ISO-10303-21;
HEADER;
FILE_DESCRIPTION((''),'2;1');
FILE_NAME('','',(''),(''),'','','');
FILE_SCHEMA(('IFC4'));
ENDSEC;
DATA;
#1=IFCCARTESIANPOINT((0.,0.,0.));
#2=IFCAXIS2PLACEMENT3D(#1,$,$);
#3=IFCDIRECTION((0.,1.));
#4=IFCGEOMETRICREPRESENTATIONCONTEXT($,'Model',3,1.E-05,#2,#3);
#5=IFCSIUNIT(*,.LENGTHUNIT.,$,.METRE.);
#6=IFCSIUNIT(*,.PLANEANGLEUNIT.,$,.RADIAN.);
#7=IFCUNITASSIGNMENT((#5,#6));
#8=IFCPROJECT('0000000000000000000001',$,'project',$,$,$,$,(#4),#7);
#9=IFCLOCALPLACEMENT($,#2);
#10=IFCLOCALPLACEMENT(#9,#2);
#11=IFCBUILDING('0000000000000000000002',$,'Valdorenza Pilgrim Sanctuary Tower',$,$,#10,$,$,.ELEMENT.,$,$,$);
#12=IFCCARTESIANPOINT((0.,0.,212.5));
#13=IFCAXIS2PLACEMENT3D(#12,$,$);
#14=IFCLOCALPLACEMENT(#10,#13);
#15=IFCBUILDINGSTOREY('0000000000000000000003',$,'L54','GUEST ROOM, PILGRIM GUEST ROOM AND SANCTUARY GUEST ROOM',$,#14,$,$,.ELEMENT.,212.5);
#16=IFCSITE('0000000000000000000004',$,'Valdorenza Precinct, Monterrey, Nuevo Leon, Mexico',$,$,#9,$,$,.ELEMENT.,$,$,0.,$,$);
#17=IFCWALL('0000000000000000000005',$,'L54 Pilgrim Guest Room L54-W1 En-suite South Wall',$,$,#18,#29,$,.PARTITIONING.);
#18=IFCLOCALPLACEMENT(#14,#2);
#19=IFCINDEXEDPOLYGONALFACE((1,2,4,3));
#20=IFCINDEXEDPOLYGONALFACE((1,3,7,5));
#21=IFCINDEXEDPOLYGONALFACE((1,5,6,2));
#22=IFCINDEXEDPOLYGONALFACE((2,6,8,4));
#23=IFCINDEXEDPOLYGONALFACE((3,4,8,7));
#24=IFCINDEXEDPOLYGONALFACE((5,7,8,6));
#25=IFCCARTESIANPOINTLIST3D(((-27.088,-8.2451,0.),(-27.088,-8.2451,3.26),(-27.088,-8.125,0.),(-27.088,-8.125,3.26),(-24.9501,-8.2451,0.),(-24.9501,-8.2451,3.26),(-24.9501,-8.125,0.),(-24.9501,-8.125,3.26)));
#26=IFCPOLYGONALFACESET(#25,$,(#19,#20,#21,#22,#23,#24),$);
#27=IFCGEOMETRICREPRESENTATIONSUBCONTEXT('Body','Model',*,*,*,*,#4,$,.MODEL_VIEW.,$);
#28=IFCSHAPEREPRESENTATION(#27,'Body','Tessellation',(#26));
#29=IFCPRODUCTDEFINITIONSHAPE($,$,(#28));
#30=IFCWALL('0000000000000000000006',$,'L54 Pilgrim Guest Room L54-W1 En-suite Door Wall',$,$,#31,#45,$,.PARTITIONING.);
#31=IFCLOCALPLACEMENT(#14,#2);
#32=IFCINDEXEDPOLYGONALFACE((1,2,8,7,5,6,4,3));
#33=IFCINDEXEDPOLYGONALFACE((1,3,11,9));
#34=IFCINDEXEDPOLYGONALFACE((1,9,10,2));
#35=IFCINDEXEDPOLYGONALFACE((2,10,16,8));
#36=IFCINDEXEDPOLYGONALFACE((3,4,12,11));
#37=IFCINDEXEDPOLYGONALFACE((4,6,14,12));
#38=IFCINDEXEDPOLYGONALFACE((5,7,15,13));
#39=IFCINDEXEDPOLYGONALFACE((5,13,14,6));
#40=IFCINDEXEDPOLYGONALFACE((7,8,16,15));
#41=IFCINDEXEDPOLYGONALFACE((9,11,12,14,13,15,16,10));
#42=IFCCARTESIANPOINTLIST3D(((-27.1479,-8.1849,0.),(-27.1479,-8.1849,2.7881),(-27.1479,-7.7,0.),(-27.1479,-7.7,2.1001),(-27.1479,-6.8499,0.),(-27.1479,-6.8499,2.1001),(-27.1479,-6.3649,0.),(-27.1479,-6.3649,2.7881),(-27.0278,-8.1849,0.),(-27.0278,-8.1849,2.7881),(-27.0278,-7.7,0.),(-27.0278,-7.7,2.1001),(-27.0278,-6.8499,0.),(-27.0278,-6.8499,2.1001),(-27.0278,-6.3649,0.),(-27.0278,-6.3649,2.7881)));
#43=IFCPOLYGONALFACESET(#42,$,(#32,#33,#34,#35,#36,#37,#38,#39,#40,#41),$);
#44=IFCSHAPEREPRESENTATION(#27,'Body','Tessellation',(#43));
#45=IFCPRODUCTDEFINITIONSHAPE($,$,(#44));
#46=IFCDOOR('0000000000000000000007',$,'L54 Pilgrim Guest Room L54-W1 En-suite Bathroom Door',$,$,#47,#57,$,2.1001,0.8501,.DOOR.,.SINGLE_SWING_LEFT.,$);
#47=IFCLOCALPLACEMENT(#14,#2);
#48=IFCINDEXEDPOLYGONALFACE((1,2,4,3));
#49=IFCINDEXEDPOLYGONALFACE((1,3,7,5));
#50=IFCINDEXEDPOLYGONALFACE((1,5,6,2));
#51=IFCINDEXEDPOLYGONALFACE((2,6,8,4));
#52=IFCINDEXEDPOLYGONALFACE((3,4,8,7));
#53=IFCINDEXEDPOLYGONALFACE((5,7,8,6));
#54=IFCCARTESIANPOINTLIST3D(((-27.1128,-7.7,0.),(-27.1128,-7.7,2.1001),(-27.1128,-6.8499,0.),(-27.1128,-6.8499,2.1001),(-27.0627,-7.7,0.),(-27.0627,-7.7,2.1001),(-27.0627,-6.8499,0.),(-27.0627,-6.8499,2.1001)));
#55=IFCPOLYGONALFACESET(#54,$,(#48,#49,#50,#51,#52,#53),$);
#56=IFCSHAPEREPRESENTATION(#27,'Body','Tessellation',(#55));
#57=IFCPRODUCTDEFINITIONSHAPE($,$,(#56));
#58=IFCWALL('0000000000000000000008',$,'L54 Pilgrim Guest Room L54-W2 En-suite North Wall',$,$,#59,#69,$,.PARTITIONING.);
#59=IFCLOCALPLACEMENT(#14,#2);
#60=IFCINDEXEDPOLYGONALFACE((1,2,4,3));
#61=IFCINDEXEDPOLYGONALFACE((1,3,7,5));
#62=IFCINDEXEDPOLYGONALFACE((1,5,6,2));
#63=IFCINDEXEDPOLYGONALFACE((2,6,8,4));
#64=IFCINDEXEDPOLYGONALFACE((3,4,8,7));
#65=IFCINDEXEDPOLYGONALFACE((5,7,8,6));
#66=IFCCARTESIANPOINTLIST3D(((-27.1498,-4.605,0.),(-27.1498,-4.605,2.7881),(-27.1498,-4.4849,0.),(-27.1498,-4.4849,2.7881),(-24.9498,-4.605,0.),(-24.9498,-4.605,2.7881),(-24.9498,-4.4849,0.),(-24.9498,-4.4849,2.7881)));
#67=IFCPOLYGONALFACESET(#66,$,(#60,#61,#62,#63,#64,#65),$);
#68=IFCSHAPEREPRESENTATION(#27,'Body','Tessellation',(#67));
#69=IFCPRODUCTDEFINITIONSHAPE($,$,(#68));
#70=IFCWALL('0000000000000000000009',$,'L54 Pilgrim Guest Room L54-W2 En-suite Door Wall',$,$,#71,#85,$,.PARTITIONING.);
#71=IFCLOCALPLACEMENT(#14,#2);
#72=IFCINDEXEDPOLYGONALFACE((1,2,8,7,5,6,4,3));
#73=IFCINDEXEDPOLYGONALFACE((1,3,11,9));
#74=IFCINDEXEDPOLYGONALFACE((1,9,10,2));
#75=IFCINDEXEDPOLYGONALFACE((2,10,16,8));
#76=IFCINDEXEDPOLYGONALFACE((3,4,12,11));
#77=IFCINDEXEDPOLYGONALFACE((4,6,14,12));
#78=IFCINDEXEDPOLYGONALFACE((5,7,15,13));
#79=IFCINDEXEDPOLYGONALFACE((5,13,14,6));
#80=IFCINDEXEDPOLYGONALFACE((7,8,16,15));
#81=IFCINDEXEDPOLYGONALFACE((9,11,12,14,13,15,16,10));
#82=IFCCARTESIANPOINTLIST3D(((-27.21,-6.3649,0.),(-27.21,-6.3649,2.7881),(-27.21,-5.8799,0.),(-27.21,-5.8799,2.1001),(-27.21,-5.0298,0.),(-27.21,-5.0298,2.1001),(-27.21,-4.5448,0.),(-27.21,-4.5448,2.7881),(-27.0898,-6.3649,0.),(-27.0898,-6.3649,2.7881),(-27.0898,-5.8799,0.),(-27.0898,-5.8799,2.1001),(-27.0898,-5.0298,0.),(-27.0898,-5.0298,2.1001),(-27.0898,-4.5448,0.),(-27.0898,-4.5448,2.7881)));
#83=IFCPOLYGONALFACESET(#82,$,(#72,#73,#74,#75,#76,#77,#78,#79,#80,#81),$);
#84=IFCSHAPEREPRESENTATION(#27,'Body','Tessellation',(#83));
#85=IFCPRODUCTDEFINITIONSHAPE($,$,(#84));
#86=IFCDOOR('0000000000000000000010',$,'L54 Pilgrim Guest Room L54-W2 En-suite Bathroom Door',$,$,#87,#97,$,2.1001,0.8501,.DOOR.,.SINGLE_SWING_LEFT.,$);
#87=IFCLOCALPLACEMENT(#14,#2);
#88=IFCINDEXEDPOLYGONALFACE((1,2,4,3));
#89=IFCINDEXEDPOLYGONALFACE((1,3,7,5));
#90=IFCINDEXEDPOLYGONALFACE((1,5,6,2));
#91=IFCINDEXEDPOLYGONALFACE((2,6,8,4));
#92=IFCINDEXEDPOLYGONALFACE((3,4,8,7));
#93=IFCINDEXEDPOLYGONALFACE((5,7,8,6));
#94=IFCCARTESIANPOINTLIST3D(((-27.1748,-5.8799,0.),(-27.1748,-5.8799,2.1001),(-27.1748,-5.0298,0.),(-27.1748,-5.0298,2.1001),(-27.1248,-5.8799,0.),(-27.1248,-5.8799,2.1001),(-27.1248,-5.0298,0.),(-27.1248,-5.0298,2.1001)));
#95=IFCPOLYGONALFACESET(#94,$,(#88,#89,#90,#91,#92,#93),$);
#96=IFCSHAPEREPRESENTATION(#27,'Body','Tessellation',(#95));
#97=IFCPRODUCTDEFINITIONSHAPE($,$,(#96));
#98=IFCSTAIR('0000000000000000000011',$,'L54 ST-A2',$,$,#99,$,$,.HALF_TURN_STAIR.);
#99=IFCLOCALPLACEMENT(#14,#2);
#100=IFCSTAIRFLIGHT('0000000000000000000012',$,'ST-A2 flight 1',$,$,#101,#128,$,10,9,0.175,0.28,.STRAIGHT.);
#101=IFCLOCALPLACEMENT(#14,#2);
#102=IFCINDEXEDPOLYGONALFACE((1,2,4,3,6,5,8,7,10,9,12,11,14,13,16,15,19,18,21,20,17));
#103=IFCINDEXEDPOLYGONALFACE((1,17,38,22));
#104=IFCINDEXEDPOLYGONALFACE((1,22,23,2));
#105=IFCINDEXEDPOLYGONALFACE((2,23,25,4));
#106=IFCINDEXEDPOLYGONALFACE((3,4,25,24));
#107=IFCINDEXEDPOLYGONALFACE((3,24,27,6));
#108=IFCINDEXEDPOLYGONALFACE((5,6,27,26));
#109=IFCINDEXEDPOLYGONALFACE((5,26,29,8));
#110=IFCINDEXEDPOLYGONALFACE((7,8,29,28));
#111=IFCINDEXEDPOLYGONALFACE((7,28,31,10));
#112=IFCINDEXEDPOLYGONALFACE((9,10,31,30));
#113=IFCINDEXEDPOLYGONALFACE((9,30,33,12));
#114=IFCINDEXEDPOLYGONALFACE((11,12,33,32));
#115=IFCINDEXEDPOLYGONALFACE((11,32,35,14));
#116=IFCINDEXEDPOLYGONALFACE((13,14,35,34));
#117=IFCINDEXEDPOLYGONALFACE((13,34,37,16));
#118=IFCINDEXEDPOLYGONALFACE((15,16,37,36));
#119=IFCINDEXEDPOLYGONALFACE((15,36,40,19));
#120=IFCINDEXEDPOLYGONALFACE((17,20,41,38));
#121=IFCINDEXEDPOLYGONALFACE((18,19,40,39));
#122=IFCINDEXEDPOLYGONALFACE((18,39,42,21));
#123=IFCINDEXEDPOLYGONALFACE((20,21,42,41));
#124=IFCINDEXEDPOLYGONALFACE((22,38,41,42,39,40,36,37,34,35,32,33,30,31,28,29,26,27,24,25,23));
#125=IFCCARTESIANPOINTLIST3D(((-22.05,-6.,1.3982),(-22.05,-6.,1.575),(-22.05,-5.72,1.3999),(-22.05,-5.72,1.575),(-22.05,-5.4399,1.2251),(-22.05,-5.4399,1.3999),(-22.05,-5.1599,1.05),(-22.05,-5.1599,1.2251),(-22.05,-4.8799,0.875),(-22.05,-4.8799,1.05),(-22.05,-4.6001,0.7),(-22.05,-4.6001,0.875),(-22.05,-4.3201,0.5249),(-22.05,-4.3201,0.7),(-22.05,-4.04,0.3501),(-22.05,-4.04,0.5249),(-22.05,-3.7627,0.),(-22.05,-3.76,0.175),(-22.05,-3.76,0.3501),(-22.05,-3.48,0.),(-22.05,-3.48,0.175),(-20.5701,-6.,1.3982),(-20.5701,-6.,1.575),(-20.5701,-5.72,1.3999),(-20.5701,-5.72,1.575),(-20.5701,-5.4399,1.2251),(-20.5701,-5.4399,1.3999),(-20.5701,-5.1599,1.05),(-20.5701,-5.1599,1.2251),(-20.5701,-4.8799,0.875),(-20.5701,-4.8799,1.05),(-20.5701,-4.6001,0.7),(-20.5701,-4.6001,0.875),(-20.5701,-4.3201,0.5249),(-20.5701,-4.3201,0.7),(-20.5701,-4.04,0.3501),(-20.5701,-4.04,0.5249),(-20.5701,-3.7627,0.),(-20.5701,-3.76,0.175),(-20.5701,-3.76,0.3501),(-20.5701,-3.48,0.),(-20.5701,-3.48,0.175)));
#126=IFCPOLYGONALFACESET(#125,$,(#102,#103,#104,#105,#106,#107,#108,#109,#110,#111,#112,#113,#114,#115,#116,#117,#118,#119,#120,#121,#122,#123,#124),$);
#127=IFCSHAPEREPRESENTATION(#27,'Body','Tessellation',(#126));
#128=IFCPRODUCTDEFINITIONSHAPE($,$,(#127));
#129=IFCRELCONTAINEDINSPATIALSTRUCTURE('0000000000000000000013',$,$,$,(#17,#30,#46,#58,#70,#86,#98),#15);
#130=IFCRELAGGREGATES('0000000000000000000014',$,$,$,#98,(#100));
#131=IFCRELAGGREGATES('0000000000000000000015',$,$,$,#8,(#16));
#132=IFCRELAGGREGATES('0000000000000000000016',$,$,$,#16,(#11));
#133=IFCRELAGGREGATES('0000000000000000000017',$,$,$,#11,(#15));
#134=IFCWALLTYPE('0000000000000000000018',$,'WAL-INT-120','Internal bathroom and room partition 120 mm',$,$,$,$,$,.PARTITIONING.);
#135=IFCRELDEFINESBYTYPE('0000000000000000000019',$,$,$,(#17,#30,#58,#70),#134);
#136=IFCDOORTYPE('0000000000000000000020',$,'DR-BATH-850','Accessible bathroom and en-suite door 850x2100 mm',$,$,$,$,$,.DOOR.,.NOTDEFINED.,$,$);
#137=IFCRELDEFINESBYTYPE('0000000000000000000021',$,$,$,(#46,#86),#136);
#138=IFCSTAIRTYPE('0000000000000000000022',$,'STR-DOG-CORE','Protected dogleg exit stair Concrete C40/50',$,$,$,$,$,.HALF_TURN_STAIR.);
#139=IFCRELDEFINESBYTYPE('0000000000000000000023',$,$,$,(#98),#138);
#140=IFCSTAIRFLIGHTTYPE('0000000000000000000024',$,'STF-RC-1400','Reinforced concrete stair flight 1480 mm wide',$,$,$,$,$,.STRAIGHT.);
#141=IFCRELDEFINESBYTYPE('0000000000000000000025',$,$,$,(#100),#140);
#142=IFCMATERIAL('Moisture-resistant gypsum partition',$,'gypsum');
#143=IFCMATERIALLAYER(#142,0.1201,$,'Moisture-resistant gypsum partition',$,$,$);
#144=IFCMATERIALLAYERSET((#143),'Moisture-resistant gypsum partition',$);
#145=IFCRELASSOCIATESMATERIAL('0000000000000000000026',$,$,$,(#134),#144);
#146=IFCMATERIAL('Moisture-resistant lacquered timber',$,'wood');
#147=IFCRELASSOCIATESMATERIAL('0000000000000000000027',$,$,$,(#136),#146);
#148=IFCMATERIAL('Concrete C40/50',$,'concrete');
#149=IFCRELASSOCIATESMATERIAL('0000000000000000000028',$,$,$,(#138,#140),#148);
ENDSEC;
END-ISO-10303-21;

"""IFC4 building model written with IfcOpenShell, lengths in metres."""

from ifc_helpers import new_model, si_unit, direction, frame, frame_2d, origin, place, context, subcontext, project, spatial, polyline, rectangle, outline, extrude, material, layer, layer_set, type_object, element, fill, aggregate, save


model = new_model("IFC4")

# Units and contexts
model_context = context("Model", 3, precision=1e-05, world=origin(), true_north=direction((0.0, 1.0)))
body_context = subcontext(model_context, "Body", "Model", "MODEL_VIEW")
ifc_project = project(units=[si_unit("LENGTHUNIT", "METRE"), si_unit("PLANEANGLEUNIT", "RADIAN")], contexts=[model_context])

# Site, building, storey
site_placement = place(None, origin())
site = spatial("IfcSite", under=ifc_project, at=site_placement, Name="Valdorenza Precinct, Monterrey, Nuevo Leon, Mexico", CompositionType="ELEMENT", RefElevation=0.0)
building_placement = place(site_placement, origin())
building = spatial("IfcBuilding", under=site, at=building_placement, Name="Valdorenza Pilgrim Sanctuary Tower", CompositionType="ELEMENT")
storey_placement = place(building_placement, frame((0.0, 0.0, 212.5)))
storey = spatial("IfcBuildingStorey", under=building, at=storey_placement, Name="L54", Description="GUEST ROOM, PILGRIM GUEST ROOM AND SANCTUARY GUEST ROOM", CompositionType="ELEMENT", Elevation=212.5)

# Wall
ifc_material_1 = material(Name="Moisture-resistant gypsum partition", Category="gypsum")
ifc_layer_1 = layer(ifc_material_1, 0.1201, Name="Moisture-resistant gypsum partition")
ifc_layer_set_1 = layer_set([ifc_layer_1], Name="Moisture-resistant gypsum partition")
wall_type_1 = type_object("IfcWallType", Name="WAL-INT-120", Description="Internal bathroom and room partition 120 mm", PredefinedType="PARTITIONING", material=ifc_layer_set_1)
wall_1_placement = place(storey_placement, frame((-27.0879, -8.1851, 0.0), z_axis=(0.0, 0.0, 1.0), x_axis=(1.0, 0.0, 0.0)))
element("IfcWall", 1, at=wall_1_placement, inside=storey, type_object=wall_type_1, Name="L54 Pilgrim Guest Room L54-W1 En-suite South Wall", PredefinedType="PARTITIONING", context=body_context, shape_type="SweptSolid", body=[
    extrude(rectangle(XDim=2.1379, YDim=0.1201, at=frame_2d((1.0688, 0.0))), origin(), (0.0, 0.0, 1.0), 3.26),
])

# Wall, opening, door
wall_2_placement = place(storey_placement, frame((-27.0879, -8.1851, 0.0), z_axis=(0.0, 0.0, 1.0), x_axis=(0.0, 1.0, 0.0)))
wall_2 = element("IfcWall", 2, at=wall_2_placement, inside=storey, type_object=wall_type_1, Name="L54 Pilgrim Guest Room L54-W1 En-suite Door Wall", PredefinedType="PARTITIONING", context=body_context, shape_type="SweptSolid", body=[
    extrude(rectangle(XDim=1.8201, YDim=0.1201, at=frame_2d((0.9102, 0.0))), origin(), (0.0, 0.0, 1.0), 2.7881),
])
opening_1_placement = place(wall_2_placement, frame((0.4851, 0.0, 0.0)))
opening_1 = element("IfcOpeningElement", 3, at=opening_1_placement, cuts=wall_2, PredefinedType="OPENING", context=body_context, shape_type="SweptSolid", body=[
    extrude(rectangle(XDim=0.8501, YDim=2.1001, at=frame_2d((0.425, 1.05))), frame((0.0, 0.075, 0.0), z_axis=(0.0, -1.0, 0.0), x_axis=(1.0, 0.0, 0.0)), (0.0, 0.0, 1.0), 0.1499),
])
ifc_material_2 = material(Name="Moisture-resistant lacquered timber", Category="wood")
door_type_1 = type_object("IfcDoorType", Name="DR-BATH-850", Description="Accessible bathroom and en-suite door 850x2100 mm", OperationType="NOTDEFINED", PredefinedType="DOOR", material=ifc_material_2)
door_1_placement = place(opening_1_placement, origin())
door_1 = element("IfcDoor", 4, at=door_1_placement, inside=storey, type_object=door_type_1, Name="L54 Pilgrim Guest Room L54-W1 En-suite Bathroom Door", OperationType="SINGLE_SWING_LEFT", OverallHeight=2.1001, OverallWidth=0.8501, PredefinedType="DOOR", context=body_context, shape_type="SweptSolid", body=[
    extrude(rectangle(XDim=0.8501, YDim=2.1001, at=frame_2d((0.425, 1.05))), frame((0.0, 0.0249, 0.0), z_axis=(0.0, -1.0, 0.0), x_axis=(1.0, 0.0, 0.0)), (0.0, 0.0, 1.0), 0.05),
])
fill(opening_1, door_1)

# Wall
wall_3_placement = place(storey_placement, frame((-27.1499, -4.5449, 0.0), z_axis=(0.0, 0.0, 1.0), x_axis=(1.0, 0.0, 0.0)))
element("IfcWall", 5, at=wall_3_placement, inside=storey, type_object=wall_type_1, Name="L54 Pilgrim Guest Room L54-W2 En-suite North Wall", PredefinedType="PARTITIONING", context=body_context, shape_type="SweptSolid", body=[
    extrude(rectangle(XDim=2.2, YDim=0.1201, at=frame_2d((1.1001, 0.0))), origin(), (0.0, 0.0, 1.0), 2.7881),
])

# Wall, opening, door
wall_4_placement = place(storey_placement, frame((-27.1499, -6.365, 0.0), z_axis=(0.0, 0.0, 1.0), x_axis=(0.0, 1.0, 0.0)))
wall_4 = element("IfcWall", 6, at=wall_4_placement, inside=storey, type_object=wall_type_1, Name="L54 Pilgrim Guest Room L54-W2 En-suite Door Wall", PredefinedType="PARTITIONING", context=body_context, shape_type="SweptSolid", body=[
    extrude(rectangle(XDim=1.8201, YDim=0.1201, at=frame_2d((0.9102, 0.0))), origin(), (0.0, 0.0, 1.0), 2.7881),
])
opening_2_placement = place(wall_4_placement, frame((0.4851, 0.0, 0.0)))
opening_2 = element("IfcOpeningElement", 7, at=opening_2_placement, cuts=wall_4, PredefinedType="OPENING", context=body_context, shape_type="SweptSolid", body=[
    extrude(rectangle(XDim=0.8501, YDim=2.1001, at=frame_2d((0.425, 1.05))), frame((0.0, 0.075, 0.0), z_axis=(0.0, -1.0, 0.0), x_axis=(1.0, 0.0, 0.0)), (0.0, 0.0, 1.0), 0.1499),
])
door_2_placement = place(opening_2_placement, origin())
door_2 = element("IfcDoor", 8, at=door_2_placement, inside=storey, type_object=door_type_1, Name="L54 Pilgrim Guest Room L54-W2 En-suite Bathroom Door", OperationType="SINGLE_SWING_LEFT", OverallHeight=2.1001, OverallWidth=0.8501, PredefinedType="DOOR", context=body_context, shape_type="SweptSolid", body=[
    extrude(rectangle(XDim=0.8501, YDim=2.1001, at=frame_2d((0.425, 1.05))), frame((0.0, 0.0249, 0.0), z_axis=(0.0, -1.0, 0.0), x_axis=(1.0, 0.0, 0.0)), (0.0, 0.0, 1.0), 0.05),
])
fill(opening_2, door_2)
ifc_material_3 = material(Name="Concrete C40/50", Category="concrete")

# Stair, stair flight
stair_type = type_object("IfcStairType", Name="STR-DOG-CORE", Description="Protected dogleg exit stair Concrete C40/50", PredefinedType="HALF_TURN_STAIR", material=ifc_material_3)
stair_placement = place(storey_placement, origin())
stair = element("IfcStair", 9, at=stair_placement, inside=storey, type_object=stair_type, Name="L54 ST-A2", PredefinedType="HALF_TURN_STAIR")
stair_flight_type = type_object("IfcStairFlightType", Name="STF-RC-1400", Description="Reinforced concrete stair flight 1480 mm wide", PredefinedType="STRAIGHT", material=ifc_material_3)
stair_flight_placement = place(storey_placement, frame((-21.3101, -3.48, 0.0), z_axis=(0.0, 0.0, 1.0), x_axis=(0.0, -1.0, 0.0)))
stair_flight = element("IfcStairFlight", 10, at=stair_flight_placement, type_object=stair_flight_type, Name="ST-A2 flight 1", NumberOfRisers=10, NumberOfTreads=9, PredefinedType="STRAIGHT", RiserHeight=0.175, TreadLength=0.28, context=body_context, shape_type="SweptSolid", body=[
    extrude(outline(polyline([(0.0, 0.0), (0.0, 0.175), (0.28, 0.175), (0.28, 0.3501), (0.5601, 0.3501), (0.5601, 0.5249), (0.8401, 0.5249), (0.8401, 0.7), (1.1201, 0.7), (1.1201, 0.875), (1.3999, 0.875), (1.3999, 1.05), (1.6799, 1.05), (1.6799, 1.2251), (1.96, 1.2251), (1.96, 1.3999), (2.24, 1.3999), (2.24, 1.575), (2.52, 1.575), (2.52, 1.75), (2.52, 1.3982), (0.2827, 0.0), (0.0, 0.0)])), frame((0.0, 0.74, 0.0), z_axis=(0.0, -1.0, 0.0), x_axis=(1.0, 0.0, 0.0)), (0.0, 0.0, 1.0), 1.48),
])
aggregate(stair, [stair_flight])

save(model, "model.ifc")
